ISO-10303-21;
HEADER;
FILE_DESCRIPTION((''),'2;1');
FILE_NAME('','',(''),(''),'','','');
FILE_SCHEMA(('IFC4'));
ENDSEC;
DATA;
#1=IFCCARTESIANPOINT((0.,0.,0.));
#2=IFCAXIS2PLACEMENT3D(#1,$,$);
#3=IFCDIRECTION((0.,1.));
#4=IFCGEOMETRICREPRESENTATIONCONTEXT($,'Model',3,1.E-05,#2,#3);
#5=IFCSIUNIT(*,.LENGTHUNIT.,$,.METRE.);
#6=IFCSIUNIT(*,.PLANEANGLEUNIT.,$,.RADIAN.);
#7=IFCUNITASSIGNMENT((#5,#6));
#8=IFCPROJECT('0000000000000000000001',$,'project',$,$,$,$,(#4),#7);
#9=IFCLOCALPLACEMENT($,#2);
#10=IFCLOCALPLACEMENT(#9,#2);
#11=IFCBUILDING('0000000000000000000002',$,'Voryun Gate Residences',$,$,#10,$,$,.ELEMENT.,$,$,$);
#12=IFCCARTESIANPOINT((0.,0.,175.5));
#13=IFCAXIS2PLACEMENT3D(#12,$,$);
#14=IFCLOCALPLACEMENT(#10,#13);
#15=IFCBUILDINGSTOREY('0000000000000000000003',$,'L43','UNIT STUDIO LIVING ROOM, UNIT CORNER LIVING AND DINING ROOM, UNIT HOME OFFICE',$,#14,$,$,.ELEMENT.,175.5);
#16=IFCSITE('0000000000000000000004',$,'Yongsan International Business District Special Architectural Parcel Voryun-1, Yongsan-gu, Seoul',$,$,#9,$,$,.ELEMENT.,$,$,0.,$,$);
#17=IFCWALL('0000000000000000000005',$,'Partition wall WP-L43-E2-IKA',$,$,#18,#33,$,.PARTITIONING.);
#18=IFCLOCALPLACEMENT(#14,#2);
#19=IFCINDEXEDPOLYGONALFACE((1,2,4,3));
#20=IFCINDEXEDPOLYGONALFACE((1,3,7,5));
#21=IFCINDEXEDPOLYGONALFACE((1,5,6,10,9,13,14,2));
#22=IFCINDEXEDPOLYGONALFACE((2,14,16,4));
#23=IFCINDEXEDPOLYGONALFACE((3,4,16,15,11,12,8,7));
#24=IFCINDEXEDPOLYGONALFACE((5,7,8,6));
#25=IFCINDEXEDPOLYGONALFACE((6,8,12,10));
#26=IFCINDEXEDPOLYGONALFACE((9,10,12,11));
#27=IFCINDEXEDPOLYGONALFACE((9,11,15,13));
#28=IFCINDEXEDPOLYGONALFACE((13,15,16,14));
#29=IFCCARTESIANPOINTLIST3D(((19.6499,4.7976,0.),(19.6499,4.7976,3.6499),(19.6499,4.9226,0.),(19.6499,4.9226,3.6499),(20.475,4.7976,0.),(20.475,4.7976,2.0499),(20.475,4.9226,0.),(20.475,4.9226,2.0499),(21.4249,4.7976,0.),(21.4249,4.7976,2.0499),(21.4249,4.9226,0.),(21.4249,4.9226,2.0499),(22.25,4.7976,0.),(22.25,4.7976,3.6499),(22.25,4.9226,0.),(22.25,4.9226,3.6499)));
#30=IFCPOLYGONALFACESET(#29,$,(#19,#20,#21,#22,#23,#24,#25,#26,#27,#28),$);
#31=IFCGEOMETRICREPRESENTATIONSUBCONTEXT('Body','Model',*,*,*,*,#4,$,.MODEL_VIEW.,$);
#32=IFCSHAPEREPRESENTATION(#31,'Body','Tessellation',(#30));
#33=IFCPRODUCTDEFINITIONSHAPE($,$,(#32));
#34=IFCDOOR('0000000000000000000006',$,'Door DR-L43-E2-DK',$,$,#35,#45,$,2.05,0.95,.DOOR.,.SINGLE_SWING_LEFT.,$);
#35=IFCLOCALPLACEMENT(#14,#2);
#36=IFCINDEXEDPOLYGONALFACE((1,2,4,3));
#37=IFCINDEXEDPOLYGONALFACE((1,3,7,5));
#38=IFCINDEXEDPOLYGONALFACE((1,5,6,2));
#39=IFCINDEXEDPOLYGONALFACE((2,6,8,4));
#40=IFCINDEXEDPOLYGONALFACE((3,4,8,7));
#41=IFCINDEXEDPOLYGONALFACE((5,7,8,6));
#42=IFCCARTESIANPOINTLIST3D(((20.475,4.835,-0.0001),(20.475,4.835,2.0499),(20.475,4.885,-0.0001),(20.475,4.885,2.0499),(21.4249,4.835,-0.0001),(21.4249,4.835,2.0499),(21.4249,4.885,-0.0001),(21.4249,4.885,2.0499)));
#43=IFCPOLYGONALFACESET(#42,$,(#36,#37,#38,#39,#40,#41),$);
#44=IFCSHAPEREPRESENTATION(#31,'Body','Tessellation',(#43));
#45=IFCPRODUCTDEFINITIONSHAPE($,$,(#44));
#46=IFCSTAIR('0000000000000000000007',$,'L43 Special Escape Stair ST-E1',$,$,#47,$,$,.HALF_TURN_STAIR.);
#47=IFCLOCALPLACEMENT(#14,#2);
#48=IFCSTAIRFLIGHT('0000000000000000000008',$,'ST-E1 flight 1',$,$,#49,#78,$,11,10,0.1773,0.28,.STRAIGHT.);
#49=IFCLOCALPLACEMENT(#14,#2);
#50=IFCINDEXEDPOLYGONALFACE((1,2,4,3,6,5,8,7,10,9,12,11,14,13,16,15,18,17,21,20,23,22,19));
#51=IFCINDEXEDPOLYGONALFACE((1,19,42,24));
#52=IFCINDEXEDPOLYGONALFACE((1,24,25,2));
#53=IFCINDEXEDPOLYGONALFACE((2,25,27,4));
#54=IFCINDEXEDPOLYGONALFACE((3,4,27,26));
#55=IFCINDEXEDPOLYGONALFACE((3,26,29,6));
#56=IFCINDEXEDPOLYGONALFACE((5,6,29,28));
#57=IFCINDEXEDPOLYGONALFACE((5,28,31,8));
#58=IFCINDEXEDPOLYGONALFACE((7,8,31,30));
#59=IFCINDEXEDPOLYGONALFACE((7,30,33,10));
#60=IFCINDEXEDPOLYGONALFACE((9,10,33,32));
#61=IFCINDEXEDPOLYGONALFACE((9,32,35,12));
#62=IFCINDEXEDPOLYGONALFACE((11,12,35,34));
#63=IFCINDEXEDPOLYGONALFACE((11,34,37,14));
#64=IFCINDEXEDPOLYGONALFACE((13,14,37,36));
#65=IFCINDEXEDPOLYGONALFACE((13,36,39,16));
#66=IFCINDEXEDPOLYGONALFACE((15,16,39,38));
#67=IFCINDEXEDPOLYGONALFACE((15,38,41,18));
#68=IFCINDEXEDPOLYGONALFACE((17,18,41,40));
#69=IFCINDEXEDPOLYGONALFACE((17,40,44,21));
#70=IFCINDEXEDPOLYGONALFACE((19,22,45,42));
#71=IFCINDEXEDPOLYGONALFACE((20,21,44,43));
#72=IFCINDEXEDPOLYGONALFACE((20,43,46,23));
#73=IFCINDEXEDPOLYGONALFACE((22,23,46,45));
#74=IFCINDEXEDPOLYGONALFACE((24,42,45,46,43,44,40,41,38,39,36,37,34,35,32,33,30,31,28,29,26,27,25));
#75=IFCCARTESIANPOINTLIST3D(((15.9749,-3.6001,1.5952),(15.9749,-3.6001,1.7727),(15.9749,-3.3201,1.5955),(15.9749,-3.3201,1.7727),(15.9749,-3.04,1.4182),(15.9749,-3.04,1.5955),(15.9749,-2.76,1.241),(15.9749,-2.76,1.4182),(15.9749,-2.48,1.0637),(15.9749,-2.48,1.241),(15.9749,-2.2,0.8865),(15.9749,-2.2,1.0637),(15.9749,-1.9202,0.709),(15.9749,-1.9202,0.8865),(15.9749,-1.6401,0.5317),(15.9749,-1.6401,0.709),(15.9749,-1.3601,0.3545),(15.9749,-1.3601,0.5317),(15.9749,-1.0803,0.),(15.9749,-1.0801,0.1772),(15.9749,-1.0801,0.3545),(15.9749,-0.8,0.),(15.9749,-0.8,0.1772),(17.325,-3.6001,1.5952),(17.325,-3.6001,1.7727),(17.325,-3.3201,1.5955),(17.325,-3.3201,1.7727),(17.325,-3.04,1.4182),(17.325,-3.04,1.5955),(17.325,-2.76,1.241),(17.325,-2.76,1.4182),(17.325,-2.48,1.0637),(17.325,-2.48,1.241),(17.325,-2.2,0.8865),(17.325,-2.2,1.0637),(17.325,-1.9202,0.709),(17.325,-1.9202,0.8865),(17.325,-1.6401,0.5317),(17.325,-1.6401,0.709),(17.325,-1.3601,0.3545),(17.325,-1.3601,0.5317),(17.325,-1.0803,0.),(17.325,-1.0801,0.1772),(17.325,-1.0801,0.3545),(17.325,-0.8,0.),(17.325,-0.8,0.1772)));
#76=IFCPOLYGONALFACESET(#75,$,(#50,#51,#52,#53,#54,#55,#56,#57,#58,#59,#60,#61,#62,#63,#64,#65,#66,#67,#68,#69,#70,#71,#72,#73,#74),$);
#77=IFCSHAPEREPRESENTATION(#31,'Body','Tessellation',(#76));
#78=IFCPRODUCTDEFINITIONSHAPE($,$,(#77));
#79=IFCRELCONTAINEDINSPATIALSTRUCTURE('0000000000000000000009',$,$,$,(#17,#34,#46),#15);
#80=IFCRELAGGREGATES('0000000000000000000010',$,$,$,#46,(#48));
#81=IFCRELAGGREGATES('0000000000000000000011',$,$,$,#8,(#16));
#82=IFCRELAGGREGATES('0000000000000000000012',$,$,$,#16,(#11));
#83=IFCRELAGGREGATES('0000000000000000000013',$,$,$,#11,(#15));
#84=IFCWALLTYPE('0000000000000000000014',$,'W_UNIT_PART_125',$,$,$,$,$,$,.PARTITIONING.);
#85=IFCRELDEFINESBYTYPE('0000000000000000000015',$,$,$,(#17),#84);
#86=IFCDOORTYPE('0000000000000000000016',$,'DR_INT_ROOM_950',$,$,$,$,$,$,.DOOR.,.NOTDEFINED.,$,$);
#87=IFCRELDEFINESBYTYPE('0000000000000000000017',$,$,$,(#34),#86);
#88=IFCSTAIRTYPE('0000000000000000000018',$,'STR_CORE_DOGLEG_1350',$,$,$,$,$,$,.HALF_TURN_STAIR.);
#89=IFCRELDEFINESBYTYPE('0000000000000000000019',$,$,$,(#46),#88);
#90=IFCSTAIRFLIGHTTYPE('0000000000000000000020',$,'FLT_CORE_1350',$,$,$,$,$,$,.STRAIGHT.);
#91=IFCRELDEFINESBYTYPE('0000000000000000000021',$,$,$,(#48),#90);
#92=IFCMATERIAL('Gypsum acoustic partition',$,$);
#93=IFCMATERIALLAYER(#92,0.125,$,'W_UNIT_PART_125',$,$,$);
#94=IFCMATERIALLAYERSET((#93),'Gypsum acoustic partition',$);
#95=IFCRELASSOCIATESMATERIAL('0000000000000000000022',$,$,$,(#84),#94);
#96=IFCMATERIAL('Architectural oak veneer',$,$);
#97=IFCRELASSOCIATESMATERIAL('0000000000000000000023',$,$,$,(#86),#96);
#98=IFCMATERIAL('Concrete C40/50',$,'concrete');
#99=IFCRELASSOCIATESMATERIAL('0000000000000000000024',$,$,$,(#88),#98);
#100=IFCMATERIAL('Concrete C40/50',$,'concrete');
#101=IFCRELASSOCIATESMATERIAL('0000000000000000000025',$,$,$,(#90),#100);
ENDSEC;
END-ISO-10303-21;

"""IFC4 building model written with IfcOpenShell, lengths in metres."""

from ifc_helpers import new_model, si_unit, direction, frame, frame_2d, origin, place, context, subcontext, project, spatial, polyline, rectangle, outline, extrude, material, layer, layer_set, type_object, element, fill, aggregate, save


model = new_model("IFC4")

# Units and contexts
model_context = context("Model", 3, precision=1e-05, world=origin(), true_north=direction((0.0, 1.0)))
body_context = subcontext(model_context, "Body", "Model", "MODEL_VIEW")
ifc_project = project(units=[si_unit("LENGTHUNIT", "METRE"), si_unit("PLANEANGLEUNIT", "RADIAN")], contexts=[model_context])

# Site, building, storey
site_placement = place(None, origin())
site = spatial("IfcSite", under=ifc_project, at=site_placement, Name="Yongsan International Business District Special Architectural Parcel Voryun-1, Yongsan-gu, Seoul", CompositionType="ELEMENT", RefElevation=0.0)
building_placement = place(site_placement, origin())
building = spatial("IfcBuilding", under=site, at=building_placement, Name="Voryun Gate Residences", CompositionType="ELEMENT")
storey_placement = place(building_placement, frame((0.0, 0.0, 175.5)))
storey = spatial("IfcBuildingStorey", under=building, at=storey_placement, Name="L43", Description="UNIT STUDIO LIVING ROOM, UNIT CORNER LIVING AND DINING ROOM, UNIT HOME OFFICE", CompositionType="ELEMENT", Elevation=175.5)

# Wall, opening, door
ifc_material_1 = material(Name="Gypsum acoustic partition")
ifc_layer_1 = layer(ifc_material_1, 0.125, Name="W_UNIT_PART_125")
ifc_layer_set_1 = layer_set([ifc_layer_1], Name="Gypsum acoustic partition")
wall_type_1 = type_object("IfcWallType", Name="W_UNIT_PART_125", PredefinedType="PARTITIONING", material=ifc_layer_set_1)
wall_1_placement = place(storey_placement, frame((19.6499, 4.8601, 0.0), z_axis=(0.0, 0.0, 1.0), x_axis=(1.0, 0.0, 0.0)))
wall_1 = element("IfcWall", 1, at=wall_1_placement, inside=storey, type_object=wall_type_1, Name="Partition wall WP-L43-E2-IKA", PredefinedType="PARTITIONING", context=body_context, shape_type="SweptSolid", body=[
    extrude(rectangle(XDim=2.6001, YDim=0.125, at=frame_2d((1.3, 0.0))), origin(), (0.0, 0.0, 1.0), 3.6499),
])
opening_1_placement = place(wall_1_placement, frame((0.825, 0.0, 0.0)))
opening_1 = element("IfcOpeningElement", 2, at=opening_1_placement, cuts=wall_1, PredefinedType="OPENING", context=body_context, shape_type="SweptSolid", body=[
    extrude(rectangle(XDim=0.95, YDim=2.05, at=frame_2d((0.4751, 1.0249))), frame((0.0, 0.0725, 0.0), z_axis=(0.0, -1.0, 0.0), x_axis=(1.0, 0.0, 0.0)), (0.0, 0.0, 1.0), 0.145),
])
ifc_material_2 = material(Name="Architectural oak veneer")
door_type_1 = type_object("IfcDoorType", Name="DR_INT_ROOM_950", OperationType="NOTDEFINED", PredefinedType="DOOR", material=ifc_material_2)
door_1_placement = place(opening_1_placement, origin())
door_1 = element("IfcDoor", 3, at=door_1_placement, inside=storey, type_object=door_type_1, Name="Door DR-L43-E2-DK", OperationType="SINGLE_SWING_LEFT", OverallHeight=2.05, OverallWidth=0.95, PredefinedType="DOOR", context=body_context, shape_type="SweptSolid", body=[
    extrude(rectangle(XDim=0.95, YDim=2.05, at=frame_2d((0.4751, 1.0249))), frame((0.0, 0.0249, 0.0), z_axis=(0.0, -1.0, 0.0), x_axis=(1.0, 0.0, 0.0)), (0.0, 0.0, 1.0), 0.05),
])
fill(opening_1, door_1)

# Stair, stair flight
ifc_material_3 = material(Name="Concrete C40/50", Category="concrete")
stair_type = type_object("IfcStairType", Name="STR_CORE_DOGLEG_1350", PredefinedType="HALF_TURN_STAIR", material=ifc_material_3)
stair_placement = place(storey_placement, origin())
stair = element("IfcStair", 4, at=stair_placement, inside=storey, type_object=stair_type, Name="L43 Special Escape Stair ST-E1", PredefinedType="HALF_TURN_STAIR")
ifc_material_4 = material(Name="Concrete C40/50", Category="concrete")
stair_flight_type = type_object("IfcStairFlightType", Name="FLT_CORE_1350", PredefinedType="STRAIGHT", material=ifc_material_4)
stair_flight_placement = place(storey_placement, frame((16.6499, -0.8, 0.0), z_axis=(0.0, 0.0, 1.0), x_axis=(0.0, -1.0, 0.0)))
stair_flight = element("IfcStairFlight", 5, at=stair_flight_placement, type_object=stair_flight_type, Name="ST-E1 flight 1", NumberOfRisers=11, NumberOfTreads=10, PredefinedType="STRAIGHT", RiserHeight=0.1773, TreadLength=0.28, context=body_context, shape_type="SweptSolid", body=[
    extrude(outline(polyline([(0.0, 0.0), (0.0, 0.1772), (0.28, 0.1772), (0.28, 0.3545), (0.5601, 0.3545), (0.5601, 0.5317), (0.8401, 0.5317), (0.8401, 0.709), (1.1201, 0.709), (1.1201, 0.8865), (1.3999, 0.8865), (1.3999, 1.0637), (1.6799, 1.0637), (1.6799, 1.241), (1.96, 1.241), (1.96, 1.4182), (2.24, 1.4182), (2.24, 1.5955), (2.52, 1.5955), (2.52, 1.7727), (2.8, 1.7727), (2.8, 1.95), (2.8, 1.5952), (0.2803, 0.0), (0.0, 0.0)])), frame((0.0, 0.675, 0.0), z_axis=(0.0, -1.0, 0.0), x_axis=(1.0, 0.0, 0.0)), (0.0, 0.0, 1.0), 1.3501),
])
aggregate(stair, [stair_flight])

save(model, "model.ifc")
